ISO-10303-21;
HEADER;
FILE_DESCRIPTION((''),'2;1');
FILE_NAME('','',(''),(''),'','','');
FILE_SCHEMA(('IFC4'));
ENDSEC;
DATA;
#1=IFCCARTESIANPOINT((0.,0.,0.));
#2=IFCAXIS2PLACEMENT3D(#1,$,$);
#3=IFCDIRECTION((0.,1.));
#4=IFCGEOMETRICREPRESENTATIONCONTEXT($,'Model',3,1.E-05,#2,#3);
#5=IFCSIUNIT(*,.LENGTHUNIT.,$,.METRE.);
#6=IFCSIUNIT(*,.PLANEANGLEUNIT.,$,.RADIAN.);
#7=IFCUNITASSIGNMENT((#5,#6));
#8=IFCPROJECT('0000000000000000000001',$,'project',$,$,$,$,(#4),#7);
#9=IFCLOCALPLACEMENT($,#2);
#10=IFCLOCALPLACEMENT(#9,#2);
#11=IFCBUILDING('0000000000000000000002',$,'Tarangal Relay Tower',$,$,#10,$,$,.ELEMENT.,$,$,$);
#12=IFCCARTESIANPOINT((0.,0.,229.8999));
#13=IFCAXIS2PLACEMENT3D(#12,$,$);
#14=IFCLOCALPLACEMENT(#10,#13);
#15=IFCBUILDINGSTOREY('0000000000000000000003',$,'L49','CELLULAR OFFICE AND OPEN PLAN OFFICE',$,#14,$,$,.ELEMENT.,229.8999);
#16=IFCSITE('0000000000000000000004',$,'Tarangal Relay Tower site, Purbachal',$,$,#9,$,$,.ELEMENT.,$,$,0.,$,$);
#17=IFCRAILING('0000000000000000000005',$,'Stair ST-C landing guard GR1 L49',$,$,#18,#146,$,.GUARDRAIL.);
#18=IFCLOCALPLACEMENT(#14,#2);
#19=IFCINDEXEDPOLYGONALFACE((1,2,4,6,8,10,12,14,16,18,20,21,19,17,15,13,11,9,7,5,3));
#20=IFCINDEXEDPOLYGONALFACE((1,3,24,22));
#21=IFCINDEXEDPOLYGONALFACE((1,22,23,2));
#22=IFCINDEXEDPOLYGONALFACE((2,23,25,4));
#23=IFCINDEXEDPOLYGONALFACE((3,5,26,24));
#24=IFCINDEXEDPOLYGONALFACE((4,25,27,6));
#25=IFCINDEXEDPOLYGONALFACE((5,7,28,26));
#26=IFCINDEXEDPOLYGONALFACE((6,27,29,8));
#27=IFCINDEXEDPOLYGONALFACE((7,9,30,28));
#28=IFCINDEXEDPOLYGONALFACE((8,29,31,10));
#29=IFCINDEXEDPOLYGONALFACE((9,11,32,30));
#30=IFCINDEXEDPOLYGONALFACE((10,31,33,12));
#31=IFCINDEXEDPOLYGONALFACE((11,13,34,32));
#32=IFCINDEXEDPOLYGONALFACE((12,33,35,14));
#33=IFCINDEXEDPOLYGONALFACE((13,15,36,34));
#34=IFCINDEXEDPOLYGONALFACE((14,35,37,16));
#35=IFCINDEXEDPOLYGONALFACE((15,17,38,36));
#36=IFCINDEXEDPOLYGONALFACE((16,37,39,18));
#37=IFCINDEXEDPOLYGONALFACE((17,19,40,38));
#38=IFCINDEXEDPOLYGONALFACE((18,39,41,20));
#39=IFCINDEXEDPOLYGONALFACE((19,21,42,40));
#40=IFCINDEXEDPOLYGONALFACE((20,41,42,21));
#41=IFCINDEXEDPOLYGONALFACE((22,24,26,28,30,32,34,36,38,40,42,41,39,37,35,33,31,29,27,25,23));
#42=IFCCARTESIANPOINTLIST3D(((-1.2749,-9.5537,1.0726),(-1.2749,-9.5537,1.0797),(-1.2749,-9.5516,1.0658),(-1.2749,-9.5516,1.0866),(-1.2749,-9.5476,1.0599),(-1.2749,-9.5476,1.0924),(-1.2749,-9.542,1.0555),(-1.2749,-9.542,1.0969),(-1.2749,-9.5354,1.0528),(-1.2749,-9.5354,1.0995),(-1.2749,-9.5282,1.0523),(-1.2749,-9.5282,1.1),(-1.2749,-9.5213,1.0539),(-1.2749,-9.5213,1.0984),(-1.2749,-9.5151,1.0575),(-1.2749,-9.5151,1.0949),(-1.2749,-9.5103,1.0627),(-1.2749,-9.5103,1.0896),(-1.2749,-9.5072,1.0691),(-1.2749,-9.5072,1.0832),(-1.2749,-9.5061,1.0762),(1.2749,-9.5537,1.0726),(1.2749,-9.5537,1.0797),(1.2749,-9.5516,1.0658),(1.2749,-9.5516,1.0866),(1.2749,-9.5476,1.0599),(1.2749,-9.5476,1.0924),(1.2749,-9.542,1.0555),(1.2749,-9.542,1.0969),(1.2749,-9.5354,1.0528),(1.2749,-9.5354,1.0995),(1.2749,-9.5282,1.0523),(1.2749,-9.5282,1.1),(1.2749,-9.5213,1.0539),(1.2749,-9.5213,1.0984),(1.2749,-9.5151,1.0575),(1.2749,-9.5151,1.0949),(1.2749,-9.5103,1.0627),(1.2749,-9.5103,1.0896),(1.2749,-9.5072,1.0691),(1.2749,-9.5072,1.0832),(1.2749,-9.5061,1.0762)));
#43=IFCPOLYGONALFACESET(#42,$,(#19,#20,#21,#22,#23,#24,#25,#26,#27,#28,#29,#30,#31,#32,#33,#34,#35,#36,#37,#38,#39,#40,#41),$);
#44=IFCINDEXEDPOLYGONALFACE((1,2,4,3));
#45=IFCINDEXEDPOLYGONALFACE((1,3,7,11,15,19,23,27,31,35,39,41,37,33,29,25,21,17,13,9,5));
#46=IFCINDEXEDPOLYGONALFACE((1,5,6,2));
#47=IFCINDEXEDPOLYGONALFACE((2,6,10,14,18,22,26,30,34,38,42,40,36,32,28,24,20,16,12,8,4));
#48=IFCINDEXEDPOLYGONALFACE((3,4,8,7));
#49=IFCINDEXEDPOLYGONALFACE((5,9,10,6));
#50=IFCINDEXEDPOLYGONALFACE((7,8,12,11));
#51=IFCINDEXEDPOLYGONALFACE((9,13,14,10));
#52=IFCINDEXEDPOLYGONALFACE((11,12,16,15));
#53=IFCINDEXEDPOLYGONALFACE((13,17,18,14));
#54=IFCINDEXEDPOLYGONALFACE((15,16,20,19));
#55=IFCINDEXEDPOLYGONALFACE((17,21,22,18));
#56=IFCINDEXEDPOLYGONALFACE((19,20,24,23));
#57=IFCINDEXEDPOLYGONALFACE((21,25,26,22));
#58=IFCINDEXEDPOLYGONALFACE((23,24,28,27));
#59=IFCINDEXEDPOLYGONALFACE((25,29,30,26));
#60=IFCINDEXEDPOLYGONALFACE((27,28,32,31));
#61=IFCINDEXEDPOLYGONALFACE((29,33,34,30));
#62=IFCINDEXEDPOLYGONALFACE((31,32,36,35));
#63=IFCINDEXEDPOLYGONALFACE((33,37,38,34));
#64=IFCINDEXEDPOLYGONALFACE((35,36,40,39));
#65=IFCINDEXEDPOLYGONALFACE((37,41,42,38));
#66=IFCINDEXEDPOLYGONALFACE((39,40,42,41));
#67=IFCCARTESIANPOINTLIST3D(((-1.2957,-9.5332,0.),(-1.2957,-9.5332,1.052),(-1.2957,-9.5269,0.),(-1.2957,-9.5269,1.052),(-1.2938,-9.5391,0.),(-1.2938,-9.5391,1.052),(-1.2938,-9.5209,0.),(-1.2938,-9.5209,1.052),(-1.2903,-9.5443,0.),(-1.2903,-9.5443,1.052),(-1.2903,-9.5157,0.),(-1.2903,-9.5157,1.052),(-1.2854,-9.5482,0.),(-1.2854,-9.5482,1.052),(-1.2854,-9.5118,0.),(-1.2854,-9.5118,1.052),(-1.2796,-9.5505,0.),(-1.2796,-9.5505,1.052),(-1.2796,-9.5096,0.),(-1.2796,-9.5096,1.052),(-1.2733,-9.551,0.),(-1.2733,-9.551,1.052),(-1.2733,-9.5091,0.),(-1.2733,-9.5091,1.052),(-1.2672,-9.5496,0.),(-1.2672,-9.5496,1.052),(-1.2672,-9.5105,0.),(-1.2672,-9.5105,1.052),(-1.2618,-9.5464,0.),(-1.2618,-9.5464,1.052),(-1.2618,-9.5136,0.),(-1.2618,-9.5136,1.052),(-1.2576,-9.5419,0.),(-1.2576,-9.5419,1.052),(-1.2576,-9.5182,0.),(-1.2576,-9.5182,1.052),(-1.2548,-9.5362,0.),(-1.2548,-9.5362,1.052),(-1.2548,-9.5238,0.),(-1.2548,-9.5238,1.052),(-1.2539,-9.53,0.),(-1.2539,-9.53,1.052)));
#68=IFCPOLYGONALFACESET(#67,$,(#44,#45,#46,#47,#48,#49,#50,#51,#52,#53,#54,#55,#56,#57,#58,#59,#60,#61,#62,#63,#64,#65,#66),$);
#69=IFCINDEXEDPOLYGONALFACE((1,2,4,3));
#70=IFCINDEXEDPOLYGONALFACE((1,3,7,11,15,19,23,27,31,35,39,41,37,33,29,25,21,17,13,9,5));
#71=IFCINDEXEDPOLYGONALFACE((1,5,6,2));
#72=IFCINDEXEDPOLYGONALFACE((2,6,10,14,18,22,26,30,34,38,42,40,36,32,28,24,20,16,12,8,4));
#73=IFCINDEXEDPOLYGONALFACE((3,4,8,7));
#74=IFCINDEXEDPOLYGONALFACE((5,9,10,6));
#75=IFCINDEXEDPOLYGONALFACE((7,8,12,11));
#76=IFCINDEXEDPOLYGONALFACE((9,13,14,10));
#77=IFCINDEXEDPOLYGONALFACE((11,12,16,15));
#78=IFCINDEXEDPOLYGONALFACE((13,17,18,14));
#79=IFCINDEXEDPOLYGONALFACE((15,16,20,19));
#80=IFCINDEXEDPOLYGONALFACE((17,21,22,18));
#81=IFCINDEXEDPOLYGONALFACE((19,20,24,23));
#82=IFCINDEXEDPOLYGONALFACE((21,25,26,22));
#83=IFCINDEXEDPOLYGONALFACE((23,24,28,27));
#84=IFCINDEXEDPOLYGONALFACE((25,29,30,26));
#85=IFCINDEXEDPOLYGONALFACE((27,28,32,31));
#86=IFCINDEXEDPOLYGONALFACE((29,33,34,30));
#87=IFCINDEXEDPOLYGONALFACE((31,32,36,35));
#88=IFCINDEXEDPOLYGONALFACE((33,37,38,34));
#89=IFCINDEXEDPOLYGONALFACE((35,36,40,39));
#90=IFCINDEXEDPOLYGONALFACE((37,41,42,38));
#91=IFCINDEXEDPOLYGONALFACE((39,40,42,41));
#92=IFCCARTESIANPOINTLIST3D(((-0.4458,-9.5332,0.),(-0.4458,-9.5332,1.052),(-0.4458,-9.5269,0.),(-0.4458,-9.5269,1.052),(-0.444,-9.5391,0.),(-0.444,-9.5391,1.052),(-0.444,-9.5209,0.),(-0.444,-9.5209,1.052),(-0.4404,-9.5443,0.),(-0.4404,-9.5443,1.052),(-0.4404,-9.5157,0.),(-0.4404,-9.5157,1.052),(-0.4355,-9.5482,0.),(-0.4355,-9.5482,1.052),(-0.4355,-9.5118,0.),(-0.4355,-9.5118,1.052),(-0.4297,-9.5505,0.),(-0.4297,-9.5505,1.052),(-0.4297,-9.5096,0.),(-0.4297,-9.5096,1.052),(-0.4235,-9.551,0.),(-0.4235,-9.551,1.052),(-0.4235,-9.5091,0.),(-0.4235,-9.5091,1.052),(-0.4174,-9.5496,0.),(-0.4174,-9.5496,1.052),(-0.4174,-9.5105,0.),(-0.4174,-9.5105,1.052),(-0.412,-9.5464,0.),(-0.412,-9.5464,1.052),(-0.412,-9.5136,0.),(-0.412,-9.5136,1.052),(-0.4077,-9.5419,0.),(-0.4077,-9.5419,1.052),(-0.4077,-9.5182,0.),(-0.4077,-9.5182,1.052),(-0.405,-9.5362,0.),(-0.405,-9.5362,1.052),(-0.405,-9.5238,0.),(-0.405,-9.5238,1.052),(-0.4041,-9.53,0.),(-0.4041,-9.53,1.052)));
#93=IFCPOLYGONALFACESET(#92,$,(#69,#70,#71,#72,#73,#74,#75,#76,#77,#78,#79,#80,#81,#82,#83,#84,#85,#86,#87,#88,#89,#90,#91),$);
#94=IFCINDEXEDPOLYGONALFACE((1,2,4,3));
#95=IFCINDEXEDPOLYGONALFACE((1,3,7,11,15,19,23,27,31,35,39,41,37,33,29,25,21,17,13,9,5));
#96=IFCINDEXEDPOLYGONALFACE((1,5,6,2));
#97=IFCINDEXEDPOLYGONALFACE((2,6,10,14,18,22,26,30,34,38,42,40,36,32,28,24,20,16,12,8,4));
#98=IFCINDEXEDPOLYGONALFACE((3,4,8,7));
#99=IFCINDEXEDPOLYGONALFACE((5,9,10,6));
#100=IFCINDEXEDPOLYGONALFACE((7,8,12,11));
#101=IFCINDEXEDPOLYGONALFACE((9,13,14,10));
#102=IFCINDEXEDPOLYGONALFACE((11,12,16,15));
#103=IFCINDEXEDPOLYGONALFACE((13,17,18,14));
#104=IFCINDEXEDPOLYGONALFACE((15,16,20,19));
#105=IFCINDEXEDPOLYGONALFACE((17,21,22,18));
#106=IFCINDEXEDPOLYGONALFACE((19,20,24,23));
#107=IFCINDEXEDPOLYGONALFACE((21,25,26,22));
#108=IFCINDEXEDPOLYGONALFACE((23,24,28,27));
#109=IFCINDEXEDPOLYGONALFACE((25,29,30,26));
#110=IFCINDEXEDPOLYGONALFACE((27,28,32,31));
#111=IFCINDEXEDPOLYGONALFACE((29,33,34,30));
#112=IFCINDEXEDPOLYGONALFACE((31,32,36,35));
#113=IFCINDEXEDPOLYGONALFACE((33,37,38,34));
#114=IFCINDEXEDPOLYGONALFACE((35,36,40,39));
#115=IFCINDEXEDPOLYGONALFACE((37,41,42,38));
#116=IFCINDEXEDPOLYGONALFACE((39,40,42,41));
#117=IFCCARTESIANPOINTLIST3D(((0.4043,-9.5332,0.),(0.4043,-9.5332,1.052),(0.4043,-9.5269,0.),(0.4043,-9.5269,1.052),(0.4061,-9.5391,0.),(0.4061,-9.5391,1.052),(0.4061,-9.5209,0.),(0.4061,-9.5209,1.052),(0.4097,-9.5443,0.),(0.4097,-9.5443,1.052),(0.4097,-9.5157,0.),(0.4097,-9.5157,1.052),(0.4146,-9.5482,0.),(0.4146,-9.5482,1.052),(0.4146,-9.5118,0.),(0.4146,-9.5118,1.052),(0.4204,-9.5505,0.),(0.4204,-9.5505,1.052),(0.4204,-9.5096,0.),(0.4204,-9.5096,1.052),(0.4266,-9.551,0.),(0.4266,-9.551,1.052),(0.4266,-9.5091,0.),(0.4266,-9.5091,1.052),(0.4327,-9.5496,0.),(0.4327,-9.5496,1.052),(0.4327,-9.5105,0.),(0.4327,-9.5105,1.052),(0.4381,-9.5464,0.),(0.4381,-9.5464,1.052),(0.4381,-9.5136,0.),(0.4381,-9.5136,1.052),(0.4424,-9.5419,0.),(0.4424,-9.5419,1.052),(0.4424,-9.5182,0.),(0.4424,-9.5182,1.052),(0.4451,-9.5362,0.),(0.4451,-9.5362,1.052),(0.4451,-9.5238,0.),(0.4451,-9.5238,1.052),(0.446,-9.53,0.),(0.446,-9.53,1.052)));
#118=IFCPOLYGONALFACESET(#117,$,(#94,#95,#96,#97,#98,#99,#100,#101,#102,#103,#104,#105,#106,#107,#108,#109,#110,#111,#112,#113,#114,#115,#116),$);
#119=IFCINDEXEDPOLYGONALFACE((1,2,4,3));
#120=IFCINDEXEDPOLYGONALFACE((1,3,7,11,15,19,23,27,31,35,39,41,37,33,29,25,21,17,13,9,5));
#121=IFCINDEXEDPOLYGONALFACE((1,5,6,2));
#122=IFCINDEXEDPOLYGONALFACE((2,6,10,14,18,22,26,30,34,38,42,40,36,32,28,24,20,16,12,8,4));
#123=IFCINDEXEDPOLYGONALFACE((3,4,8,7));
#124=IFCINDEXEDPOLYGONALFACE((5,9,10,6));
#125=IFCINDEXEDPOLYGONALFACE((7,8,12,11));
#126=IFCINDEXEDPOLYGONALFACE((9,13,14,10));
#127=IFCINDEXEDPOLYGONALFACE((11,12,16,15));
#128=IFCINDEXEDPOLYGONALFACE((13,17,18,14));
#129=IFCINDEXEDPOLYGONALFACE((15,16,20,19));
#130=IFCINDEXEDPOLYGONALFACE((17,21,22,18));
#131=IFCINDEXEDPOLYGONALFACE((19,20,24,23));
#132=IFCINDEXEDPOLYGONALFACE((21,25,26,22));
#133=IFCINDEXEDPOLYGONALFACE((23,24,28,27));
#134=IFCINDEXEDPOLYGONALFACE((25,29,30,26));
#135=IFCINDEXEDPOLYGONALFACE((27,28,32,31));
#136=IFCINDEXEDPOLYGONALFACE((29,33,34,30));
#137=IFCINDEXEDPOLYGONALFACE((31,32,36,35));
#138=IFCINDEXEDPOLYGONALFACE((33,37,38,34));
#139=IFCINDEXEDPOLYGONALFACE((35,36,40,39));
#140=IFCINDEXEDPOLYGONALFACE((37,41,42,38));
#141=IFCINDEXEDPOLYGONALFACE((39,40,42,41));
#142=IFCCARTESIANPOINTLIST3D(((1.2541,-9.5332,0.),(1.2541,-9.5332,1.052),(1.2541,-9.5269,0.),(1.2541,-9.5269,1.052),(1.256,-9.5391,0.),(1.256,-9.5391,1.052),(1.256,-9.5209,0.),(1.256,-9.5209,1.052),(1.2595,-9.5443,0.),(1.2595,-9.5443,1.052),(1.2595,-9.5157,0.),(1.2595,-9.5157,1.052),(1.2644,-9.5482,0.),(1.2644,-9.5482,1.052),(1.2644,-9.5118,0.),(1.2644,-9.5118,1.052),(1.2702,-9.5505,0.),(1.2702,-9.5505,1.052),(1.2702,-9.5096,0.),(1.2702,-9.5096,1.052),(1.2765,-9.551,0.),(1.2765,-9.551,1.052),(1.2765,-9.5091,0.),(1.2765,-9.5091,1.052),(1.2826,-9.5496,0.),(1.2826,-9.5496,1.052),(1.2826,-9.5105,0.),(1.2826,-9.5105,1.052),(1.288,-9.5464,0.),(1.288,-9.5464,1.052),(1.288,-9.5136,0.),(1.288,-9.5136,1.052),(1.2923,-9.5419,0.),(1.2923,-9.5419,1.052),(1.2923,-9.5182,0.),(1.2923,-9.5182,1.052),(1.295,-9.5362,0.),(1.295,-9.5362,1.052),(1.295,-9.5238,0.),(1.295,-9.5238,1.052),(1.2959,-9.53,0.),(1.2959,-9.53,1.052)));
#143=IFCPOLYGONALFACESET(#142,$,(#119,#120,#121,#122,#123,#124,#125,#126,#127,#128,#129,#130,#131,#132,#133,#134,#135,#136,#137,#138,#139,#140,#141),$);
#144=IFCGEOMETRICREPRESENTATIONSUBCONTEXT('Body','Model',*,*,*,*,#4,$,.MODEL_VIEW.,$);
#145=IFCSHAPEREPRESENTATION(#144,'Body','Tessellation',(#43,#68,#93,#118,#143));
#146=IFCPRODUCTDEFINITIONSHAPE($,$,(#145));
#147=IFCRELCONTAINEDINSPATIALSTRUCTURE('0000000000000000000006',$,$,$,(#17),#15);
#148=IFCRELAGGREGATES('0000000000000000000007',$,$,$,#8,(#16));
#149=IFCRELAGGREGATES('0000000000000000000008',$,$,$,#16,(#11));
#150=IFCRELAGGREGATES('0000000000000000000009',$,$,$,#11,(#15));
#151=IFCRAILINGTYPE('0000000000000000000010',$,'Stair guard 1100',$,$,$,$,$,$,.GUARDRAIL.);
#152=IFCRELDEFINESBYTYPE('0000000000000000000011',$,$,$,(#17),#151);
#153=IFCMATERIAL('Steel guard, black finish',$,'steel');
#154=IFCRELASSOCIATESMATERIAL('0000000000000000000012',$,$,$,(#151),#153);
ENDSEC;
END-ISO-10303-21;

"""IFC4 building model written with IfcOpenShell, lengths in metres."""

from ifc_helpers import new_model, si_unit, direction, frame, origin, origin_2d, place, context, subcontext, project, spatial, circle, extrude, material, type_object, element, save


model = new_model("IFC4")

# Units and contexts
model_context = context("Model", 3, precision=1e-05, world=origin(), true_north=direction((0.0, 1.0)))
body_context = subcontext(model_context, "Body", "Model", "MODEL_VIEW")
ifc_project = project(units=[si_unit("LENGTHUNIT", "METRE"), si_unit("PLANEANGLEUNIT", "RADIAN")], contexts=[model_context])

# Site, building, storey
site_placement = place(None, origin())
site = spatial("IfcSite", under=ifc_project, at=site_placement, Name="Tarangal Relay Tower site, Purbachal", CompositionType="ELEMENT", RefElevation=0.0)
building_placement = place(site_placement, origin())
building = spatial("IfcBuilding", under=site, at=building_placement, Name="Tarangal Relay Tower", CompositionType="ELEMENT")
storey_placement = place(building_placement, frame((0.0, 0.0, 229.8999)))
storey = spatial("IfcBuildingStorey", under=building, at=storey_placement, Name="L49", Description="CELLULAR OFFICE AND OPEN PLAN OFFICE", CompositionType="ELEMENT", Elevation=229.8999)

# Railing
ifc_material_1 = material(Name="Steel guard, black finish", Category="steel")
railing_type_1 = type_object("IfcRailingType", Name="Stair guard 1100", PredefinedType="GUARDRAIL", material=ifc_material_1)
for number, where, name in (
    (1, (-1.2749, -9.53, 0.0), "Stair ST-C landing guard GR1 L49"),
):
    element("IfcRailing", number, at=place(storey_placement, frame(where)), inside=storey, type_object=railing_type_1, Name=name, PredefinedType="GUARDRAIL", context=body_context, shape_type="SweptSolid", body=[
        extrude(circle(Radius=0.0239, at=origin_2d()), frame((0.0, 0.0, 1.0762), z_axis=(1.0, 0.0, 0.0), x_axis=(0.0, 1.0, 0.0)), (0.0, 0.0, 1.0), 2.5498),
        extrude(circle(Radius=0.021, at=origin_2d()), origin(), (0.0, 0.0, 1.0), 1.052),
        extrude(circle(Radius=0.021, at=origin_2d()), frame((0.8499, 0.0, 0.0)), (0.0, 0.0, 1.0), 1.052),
        extrude(circle(Radius=0.021, at=origin_2d()), frame((1.7, 0.0, 0.0)), (0.0, 0.0, 1.0), 1.052),
        extrude(circle(Radius=0.021, at=origin_2d()), frame((2.5498, 0.0, 0.0)), (0.0, 0.0, 1.0), 1.052),
    ])

save(model, "model.ifc")
